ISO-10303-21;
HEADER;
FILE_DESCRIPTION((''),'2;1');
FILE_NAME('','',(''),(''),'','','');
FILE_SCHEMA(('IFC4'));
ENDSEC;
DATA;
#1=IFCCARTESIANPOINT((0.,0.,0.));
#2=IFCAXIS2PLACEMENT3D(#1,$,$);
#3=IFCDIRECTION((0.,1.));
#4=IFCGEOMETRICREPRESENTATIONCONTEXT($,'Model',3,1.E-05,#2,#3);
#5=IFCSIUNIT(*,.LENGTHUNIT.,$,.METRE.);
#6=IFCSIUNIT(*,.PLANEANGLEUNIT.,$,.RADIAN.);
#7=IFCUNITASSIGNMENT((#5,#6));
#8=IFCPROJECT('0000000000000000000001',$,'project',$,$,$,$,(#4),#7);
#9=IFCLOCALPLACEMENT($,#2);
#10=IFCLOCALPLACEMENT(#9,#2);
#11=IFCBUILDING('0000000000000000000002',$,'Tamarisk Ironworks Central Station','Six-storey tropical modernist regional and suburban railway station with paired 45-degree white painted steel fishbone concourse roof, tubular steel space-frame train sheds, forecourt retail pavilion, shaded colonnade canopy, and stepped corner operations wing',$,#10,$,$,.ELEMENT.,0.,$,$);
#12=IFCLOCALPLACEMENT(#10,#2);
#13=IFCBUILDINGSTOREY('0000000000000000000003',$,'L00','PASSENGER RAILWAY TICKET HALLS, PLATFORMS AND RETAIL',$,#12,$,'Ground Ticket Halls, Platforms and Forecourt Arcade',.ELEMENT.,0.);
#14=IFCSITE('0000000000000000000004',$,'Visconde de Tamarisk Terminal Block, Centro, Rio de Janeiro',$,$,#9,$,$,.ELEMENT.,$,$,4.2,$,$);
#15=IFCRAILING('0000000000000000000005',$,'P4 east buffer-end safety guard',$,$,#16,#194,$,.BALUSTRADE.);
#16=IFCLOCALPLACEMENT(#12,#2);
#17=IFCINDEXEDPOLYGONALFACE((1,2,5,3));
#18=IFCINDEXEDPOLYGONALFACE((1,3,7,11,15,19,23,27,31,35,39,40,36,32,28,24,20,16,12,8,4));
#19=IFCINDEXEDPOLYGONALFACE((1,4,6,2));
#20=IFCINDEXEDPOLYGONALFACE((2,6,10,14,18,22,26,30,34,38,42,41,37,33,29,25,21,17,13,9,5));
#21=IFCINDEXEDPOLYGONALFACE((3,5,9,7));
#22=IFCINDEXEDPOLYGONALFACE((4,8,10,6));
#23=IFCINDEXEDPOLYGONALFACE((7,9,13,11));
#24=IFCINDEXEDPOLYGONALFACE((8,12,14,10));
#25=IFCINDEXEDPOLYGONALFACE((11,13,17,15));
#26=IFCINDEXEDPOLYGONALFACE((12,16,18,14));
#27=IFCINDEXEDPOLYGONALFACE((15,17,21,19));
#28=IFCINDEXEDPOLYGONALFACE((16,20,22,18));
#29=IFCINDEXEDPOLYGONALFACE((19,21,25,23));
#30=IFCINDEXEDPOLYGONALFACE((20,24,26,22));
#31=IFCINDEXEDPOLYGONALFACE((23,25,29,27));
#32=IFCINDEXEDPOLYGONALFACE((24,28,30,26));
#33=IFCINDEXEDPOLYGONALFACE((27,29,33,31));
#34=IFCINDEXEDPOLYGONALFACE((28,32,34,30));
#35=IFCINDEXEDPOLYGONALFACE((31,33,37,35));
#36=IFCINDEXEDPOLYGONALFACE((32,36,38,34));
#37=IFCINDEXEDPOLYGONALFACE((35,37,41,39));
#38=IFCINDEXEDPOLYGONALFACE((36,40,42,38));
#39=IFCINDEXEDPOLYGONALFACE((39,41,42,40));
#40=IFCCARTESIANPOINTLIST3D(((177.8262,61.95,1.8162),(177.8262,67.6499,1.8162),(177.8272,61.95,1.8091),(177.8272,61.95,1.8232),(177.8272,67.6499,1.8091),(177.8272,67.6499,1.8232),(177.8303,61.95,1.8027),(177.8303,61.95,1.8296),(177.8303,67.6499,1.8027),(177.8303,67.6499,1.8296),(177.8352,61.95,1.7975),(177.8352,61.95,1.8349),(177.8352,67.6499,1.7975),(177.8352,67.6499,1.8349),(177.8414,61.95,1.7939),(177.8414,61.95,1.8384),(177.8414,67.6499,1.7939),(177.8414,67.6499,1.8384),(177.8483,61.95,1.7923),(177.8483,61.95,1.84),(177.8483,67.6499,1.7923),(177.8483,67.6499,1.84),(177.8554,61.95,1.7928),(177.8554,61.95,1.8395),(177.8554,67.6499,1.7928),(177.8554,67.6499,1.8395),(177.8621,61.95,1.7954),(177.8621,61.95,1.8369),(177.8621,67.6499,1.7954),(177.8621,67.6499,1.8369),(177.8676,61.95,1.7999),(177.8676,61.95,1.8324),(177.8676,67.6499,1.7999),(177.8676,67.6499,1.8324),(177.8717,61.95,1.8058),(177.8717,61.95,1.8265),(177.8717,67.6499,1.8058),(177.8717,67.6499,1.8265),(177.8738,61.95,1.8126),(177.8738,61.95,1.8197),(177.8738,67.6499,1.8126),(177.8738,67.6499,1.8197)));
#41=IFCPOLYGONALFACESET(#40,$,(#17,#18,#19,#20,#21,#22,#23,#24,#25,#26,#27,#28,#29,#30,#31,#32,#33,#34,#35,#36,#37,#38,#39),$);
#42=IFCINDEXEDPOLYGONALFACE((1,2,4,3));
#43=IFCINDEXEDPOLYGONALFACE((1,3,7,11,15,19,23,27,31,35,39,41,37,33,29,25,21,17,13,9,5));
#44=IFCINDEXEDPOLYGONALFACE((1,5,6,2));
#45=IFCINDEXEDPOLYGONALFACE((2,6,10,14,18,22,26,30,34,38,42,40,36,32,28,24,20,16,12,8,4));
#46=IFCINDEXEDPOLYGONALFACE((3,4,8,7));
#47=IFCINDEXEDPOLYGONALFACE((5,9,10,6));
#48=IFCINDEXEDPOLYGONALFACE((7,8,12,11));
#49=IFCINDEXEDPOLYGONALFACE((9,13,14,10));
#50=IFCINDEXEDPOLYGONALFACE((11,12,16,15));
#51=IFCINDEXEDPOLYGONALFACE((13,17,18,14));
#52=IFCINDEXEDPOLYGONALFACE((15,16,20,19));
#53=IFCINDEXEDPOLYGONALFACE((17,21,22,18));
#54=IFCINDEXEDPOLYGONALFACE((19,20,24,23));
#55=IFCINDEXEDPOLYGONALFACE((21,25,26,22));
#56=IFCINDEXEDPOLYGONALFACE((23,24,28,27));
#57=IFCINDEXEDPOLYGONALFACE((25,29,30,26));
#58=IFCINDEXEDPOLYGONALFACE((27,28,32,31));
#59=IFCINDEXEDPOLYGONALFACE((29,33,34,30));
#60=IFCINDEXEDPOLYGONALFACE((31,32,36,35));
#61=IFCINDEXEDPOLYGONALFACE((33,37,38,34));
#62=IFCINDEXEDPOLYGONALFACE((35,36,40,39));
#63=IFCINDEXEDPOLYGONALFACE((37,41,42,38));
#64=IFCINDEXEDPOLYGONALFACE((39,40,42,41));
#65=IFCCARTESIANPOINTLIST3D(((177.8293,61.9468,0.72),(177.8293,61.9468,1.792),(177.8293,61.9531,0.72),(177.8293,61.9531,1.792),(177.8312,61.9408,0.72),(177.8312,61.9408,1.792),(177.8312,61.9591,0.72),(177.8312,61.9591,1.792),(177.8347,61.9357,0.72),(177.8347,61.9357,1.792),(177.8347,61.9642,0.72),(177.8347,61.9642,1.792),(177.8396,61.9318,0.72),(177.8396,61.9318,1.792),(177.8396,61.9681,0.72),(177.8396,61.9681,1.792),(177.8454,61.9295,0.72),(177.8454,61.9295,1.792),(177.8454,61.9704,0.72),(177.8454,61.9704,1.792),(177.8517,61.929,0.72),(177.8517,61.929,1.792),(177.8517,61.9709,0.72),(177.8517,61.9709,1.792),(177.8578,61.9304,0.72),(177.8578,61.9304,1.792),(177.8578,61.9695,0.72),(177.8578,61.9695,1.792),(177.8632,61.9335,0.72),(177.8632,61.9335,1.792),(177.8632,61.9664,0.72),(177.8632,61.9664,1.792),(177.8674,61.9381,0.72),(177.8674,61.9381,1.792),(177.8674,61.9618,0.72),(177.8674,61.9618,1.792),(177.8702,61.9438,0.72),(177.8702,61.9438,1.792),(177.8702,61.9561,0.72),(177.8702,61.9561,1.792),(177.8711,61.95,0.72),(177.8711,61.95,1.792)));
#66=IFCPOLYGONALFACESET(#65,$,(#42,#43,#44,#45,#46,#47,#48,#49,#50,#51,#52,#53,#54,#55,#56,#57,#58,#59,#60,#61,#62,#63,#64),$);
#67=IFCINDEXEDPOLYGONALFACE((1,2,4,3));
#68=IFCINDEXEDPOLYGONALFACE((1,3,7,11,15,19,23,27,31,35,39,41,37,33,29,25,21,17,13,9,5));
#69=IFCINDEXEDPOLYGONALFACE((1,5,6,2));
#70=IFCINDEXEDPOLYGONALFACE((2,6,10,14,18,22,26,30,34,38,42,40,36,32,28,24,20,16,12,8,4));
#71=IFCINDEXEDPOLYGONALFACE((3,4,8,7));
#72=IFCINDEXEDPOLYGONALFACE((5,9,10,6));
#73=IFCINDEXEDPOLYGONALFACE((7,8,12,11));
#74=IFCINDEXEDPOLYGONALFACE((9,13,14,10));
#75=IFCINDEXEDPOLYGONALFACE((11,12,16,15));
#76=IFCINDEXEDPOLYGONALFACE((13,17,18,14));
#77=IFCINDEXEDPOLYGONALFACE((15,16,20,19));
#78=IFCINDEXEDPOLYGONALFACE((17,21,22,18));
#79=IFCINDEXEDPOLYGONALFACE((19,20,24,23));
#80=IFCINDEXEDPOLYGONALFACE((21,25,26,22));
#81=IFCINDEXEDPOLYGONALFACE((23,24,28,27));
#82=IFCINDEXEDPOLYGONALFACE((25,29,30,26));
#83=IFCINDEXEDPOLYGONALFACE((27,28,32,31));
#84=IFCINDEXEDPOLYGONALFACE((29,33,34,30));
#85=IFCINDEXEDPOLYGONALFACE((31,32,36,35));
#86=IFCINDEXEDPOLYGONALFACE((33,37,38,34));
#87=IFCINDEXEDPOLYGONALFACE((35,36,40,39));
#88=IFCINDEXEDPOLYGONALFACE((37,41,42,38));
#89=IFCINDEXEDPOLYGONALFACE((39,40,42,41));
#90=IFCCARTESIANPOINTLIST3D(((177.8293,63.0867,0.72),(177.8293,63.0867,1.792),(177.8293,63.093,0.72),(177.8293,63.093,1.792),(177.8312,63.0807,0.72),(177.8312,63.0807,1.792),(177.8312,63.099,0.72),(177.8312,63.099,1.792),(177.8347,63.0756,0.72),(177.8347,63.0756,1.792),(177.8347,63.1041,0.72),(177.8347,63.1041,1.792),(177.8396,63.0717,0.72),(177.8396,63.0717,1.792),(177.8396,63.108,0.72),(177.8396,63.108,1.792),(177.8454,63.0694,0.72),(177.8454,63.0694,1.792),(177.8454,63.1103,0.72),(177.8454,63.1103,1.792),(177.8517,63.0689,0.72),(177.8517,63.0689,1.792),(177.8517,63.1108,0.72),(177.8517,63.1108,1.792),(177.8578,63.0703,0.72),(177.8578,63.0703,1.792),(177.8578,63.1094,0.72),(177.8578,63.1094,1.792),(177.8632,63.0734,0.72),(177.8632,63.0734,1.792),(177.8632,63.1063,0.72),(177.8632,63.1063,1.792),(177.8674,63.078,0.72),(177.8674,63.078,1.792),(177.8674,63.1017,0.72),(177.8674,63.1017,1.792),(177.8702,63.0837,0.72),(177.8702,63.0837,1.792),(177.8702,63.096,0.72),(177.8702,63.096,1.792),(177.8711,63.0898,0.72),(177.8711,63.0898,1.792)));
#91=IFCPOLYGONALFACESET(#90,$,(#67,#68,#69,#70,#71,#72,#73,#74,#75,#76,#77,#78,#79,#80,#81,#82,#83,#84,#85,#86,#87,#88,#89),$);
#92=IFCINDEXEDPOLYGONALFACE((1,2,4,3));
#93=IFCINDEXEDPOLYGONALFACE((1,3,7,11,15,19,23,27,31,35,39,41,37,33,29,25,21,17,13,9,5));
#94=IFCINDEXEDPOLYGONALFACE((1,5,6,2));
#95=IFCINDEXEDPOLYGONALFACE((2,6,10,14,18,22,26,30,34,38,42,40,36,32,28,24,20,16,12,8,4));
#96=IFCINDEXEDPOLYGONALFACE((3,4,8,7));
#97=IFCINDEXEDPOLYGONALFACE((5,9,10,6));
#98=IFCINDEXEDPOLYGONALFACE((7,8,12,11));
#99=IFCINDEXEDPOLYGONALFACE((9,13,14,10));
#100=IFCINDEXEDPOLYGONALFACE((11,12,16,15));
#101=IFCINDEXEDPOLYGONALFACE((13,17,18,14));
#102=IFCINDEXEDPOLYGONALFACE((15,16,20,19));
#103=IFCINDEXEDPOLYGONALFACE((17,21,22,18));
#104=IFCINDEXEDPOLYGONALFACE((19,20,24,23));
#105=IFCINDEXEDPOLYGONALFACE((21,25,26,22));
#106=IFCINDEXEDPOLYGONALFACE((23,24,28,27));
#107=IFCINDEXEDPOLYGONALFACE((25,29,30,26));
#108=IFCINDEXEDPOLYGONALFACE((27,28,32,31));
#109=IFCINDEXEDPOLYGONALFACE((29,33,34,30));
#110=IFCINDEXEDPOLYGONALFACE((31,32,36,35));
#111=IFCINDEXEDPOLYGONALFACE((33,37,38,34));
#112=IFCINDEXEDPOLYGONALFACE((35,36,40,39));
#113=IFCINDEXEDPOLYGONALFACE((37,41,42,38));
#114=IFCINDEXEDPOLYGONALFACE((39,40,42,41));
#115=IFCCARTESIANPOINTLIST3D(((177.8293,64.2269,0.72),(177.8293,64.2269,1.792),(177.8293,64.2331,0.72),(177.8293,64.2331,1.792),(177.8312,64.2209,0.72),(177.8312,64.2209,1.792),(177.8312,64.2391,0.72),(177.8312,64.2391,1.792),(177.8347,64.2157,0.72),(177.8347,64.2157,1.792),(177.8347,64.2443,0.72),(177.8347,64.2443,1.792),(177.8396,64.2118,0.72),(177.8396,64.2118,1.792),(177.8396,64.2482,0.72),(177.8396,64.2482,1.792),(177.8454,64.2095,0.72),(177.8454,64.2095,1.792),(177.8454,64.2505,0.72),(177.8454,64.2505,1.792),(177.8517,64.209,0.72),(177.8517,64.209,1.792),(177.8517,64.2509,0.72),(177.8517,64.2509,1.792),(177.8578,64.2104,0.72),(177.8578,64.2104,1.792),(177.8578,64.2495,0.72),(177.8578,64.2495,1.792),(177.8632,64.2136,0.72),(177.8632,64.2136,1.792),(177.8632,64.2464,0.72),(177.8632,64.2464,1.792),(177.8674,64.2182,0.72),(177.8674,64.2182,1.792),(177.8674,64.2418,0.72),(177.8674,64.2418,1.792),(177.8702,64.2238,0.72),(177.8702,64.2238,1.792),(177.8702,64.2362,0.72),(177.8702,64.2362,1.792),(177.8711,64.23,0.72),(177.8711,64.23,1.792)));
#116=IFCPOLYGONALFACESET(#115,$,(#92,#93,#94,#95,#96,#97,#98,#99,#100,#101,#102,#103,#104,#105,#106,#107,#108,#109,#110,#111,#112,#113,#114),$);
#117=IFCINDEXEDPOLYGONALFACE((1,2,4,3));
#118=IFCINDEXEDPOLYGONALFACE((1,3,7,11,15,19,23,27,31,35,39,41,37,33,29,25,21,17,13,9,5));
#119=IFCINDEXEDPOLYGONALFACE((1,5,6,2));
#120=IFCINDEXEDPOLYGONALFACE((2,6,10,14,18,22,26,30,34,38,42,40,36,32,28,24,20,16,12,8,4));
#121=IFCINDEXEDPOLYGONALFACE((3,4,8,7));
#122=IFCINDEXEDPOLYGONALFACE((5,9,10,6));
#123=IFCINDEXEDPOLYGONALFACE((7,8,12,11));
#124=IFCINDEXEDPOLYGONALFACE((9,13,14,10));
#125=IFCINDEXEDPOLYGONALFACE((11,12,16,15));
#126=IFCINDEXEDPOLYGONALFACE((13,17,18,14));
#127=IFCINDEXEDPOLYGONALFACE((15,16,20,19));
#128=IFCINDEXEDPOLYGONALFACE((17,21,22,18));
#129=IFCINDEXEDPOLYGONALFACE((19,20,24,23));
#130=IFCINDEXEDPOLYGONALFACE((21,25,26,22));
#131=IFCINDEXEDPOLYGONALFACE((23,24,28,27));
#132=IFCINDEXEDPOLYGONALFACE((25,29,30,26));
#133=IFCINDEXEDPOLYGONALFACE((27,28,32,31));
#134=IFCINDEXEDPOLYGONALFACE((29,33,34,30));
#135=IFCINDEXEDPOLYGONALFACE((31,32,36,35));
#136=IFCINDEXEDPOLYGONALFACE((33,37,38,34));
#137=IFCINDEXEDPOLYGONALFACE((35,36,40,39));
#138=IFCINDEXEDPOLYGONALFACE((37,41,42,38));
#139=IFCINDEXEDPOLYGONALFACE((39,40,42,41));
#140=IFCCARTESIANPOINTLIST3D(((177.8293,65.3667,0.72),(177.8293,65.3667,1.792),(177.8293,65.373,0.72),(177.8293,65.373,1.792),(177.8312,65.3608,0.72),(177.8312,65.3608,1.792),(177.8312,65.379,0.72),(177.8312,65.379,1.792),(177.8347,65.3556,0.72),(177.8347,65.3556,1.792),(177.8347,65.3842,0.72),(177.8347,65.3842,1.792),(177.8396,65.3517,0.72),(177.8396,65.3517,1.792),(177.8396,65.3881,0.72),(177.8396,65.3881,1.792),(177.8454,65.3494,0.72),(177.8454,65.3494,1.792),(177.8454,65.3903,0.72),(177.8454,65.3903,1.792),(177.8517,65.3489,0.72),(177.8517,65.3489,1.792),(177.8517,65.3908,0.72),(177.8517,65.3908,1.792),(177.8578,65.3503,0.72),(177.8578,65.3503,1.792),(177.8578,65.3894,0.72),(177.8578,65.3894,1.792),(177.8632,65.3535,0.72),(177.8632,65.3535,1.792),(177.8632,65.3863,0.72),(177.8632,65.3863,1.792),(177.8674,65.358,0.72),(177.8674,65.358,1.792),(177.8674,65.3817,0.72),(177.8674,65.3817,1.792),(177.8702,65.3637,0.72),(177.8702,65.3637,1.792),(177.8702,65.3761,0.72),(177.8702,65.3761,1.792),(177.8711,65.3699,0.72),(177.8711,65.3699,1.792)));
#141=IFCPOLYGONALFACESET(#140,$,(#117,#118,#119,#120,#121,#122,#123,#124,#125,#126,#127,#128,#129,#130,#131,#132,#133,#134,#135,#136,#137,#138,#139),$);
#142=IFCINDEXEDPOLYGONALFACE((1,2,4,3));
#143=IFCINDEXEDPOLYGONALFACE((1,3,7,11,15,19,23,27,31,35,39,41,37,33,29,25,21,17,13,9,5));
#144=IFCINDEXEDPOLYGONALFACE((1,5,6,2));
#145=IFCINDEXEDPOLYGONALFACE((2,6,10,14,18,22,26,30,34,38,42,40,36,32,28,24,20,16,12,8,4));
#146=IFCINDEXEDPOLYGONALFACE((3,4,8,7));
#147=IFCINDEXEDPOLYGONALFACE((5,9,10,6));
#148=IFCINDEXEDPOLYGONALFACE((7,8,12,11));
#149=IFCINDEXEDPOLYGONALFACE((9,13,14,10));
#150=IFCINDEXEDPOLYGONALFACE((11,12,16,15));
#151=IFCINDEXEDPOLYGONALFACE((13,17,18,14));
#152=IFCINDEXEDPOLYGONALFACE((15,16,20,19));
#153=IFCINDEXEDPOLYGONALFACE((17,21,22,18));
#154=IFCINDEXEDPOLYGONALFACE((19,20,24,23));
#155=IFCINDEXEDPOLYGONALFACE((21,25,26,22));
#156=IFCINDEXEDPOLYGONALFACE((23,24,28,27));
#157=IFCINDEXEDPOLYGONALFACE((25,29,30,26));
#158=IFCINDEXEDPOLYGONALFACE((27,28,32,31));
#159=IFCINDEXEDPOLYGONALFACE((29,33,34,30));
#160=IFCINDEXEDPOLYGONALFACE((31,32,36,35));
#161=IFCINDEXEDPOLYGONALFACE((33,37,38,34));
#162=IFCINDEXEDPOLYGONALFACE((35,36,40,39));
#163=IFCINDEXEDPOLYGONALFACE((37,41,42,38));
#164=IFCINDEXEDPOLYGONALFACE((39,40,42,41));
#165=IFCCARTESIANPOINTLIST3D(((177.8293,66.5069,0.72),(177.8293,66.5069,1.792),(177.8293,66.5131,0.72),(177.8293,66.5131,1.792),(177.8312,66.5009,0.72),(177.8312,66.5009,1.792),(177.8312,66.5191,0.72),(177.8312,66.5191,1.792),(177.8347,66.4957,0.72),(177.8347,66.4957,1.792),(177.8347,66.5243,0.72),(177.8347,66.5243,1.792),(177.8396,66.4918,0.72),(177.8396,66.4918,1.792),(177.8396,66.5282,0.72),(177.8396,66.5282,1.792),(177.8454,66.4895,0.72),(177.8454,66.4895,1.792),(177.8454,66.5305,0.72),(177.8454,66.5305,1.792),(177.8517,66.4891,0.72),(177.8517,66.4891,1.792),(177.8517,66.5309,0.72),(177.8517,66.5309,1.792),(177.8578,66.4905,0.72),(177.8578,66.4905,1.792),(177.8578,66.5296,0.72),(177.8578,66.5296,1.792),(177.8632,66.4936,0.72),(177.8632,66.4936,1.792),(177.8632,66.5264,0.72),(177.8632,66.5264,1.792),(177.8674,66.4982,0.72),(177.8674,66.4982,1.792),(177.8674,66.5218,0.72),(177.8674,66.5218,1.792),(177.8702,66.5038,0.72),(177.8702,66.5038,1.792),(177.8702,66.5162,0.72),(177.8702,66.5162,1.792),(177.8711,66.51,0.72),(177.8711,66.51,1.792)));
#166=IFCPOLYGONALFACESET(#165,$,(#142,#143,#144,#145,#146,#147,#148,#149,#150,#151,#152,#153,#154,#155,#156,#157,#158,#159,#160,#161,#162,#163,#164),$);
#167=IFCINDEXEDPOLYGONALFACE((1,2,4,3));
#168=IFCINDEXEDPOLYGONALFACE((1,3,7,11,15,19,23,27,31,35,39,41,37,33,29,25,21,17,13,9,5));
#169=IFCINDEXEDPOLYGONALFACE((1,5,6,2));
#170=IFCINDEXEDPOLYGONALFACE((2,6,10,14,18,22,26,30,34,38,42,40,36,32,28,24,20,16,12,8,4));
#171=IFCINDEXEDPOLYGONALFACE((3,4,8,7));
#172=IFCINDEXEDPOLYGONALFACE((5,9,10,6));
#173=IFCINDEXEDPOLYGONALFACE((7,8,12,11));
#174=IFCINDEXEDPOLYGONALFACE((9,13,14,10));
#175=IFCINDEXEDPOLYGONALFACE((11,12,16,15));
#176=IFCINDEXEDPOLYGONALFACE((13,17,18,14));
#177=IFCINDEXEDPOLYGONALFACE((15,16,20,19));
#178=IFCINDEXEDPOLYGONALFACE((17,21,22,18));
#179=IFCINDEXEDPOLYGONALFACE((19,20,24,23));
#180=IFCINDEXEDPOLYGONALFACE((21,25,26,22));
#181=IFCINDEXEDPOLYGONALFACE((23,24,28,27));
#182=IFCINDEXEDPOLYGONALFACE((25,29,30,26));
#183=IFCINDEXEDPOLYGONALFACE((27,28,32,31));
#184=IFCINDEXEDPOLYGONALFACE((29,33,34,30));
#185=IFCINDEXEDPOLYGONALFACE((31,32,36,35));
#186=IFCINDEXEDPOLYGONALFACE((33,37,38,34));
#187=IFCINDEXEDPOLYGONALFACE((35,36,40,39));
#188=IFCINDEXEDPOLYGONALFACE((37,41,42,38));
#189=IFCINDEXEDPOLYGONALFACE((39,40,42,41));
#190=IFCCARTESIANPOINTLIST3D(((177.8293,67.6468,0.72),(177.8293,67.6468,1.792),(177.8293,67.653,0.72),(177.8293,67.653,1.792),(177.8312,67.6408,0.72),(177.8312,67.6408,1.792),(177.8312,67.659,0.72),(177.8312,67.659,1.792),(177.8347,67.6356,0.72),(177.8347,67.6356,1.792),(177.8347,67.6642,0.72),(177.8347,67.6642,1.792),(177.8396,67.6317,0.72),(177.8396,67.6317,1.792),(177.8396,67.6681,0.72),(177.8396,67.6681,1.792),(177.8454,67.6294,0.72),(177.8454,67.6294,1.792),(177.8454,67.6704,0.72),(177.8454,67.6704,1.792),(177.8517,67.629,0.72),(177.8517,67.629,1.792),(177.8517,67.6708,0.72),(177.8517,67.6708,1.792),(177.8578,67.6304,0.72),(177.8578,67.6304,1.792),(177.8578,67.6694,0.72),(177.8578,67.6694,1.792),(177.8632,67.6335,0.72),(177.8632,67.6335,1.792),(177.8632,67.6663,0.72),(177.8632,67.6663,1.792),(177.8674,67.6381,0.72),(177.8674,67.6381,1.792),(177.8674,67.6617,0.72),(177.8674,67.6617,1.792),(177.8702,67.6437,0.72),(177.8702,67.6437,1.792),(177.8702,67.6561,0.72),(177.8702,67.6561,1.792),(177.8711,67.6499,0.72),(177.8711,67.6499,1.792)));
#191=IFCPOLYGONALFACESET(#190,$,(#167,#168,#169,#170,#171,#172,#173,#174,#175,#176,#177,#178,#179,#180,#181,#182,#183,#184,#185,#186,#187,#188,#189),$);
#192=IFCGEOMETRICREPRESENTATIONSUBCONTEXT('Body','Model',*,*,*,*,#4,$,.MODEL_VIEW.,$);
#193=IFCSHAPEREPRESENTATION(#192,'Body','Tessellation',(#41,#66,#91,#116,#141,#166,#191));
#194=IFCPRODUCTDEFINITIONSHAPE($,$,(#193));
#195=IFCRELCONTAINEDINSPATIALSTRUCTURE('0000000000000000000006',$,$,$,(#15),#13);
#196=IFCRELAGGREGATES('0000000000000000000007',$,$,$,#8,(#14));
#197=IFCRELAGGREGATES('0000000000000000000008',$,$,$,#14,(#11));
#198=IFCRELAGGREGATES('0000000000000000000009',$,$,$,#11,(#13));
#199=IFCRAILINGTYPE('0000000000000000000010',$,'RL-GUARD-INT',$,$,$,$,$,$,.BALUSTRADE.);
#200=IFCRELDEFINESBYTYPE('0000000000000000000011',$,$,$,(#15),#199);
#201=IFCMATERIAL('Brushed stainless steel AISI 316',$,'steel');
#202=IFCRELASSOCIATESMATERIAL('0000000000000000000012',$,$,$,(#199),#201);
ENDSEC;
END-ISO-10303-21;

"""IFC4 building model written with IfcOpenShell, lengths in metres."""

from ifc_helpers import new_model, si_unit, direction, frame, origin, origin_2d, place, context, subcontext, project, spatial, circle, extrude, material, type_object, element, save


model = new_model("IFC4")

# Units and contexts
model_context = context("Model", 3, precision=1e-05, world=origin(), true_north=direction((0.0, 1.0)))
body_context = subcontext(model_context, "Body", "Model", "MODEL_VIEW")
ifc_project = project(units=[si_unit("LENGTHUNIT", "METRE"), si_unit("PLANEANGLEUNIT", "RADIAN")], contexts=[model_context])

# Site, building, storey
site_placement = place(None, origin())
site = spatial("IfcSite", under=ifc_project, at=site_placement, Name="Visconde de Tamarisk Terminal Block, Centro, Rio de Janeiro", CompositionType="ELEMENT", RefElevation=4.2)
building_placement = place(site_placement, origin())
building = spatial("IfcBuilding", under=site, at=building_placement, Name="Tamarisk Ironworks Central Station", Description="Six-storey tropical modernist regional and suburban railway station with paired 45-degree white painted steel fishbone concourse roof, tubular steel space-frame train sheds, forecourt retail pavilion, shaded colonnade canopy, and stepped corner operations wing", CompositionType="ELEMENT", ElevationOfRefHeight=0.0)
storey_placement = place(building_placement, origin())
storey = spatial("IfcBuildingStorey", under=building, at=storey_placement, Name="L00", Description="PASSENGER RAILWAY TICKET HALLS, PLATFORMS AND RETAIL", LongName="Ground Ticket Halls, Platforms and Forecourt Arcade", CompositionType="ELEMENT", Elevation=0.0)

# Railing
ifc_material_1 = material(Name="Brushed stainless steel AISI 316", Category="steel")
railing_type_1 = type_object("IfcRailingType", Name="RL-GUARD-INT", PredefinedType="BALUSTRADE", material=ifc_material_1)
railing_1_placement = place(storey_placement, frame((177.8501, 61.95, 0.72)))
element("IfcRailing", 1, at=railing_1_placement, inside=storey, type_object=railing_type_1, Name="P4 east buffer-end safety guard", PredefinedType="BALUSTRADE", context=body_context, shape_type="SweptSolid", body=[
    extrude(circle(Radius=0.0239, at=origin_2d()), frame((0.0, 0.0, 1.0962), z_axis=(0.0, 1.0, 0.0), x_axis=(-1.0, 0.0, 0.0)), (0.0, 0.0, 1.0), 5.7),
    extrude(circle(Radius=0.021, at=origin_2d()), origin(), (0.0, 0.0, 1.0), 1.072),
    extrude(circle(Radius=0.021, at=origin_2d()), frame((0.0, 1.1399, 0.0)), (0.0, 0.0, 1.0), 1.072),
    extrude(circle(Radius=0.021, at=origin_2d()), frame((0.0, 2.28, 0.0)), (0.0, 0.0, 1.0), 1.072),
    extrude(circle(Radius=0.021, at=origin_2d()), frame((0.0, 3.4199, 0.0)), (0.0, 0.0, 1.0), 1.072),
    extrude(circle(Radius=0.021, at=origin_2d()), frame((0.0, 4.5601, 0.0)), (0.0, 0.0, 1.0), 1.072),
    extrude(circle(Radius=0.021, at=origin_2d()), frame((0.0, 5.7, 0.0)), (0.0, 0.0, 1.0), 1.072),
])

save(model, "model.ifc")
